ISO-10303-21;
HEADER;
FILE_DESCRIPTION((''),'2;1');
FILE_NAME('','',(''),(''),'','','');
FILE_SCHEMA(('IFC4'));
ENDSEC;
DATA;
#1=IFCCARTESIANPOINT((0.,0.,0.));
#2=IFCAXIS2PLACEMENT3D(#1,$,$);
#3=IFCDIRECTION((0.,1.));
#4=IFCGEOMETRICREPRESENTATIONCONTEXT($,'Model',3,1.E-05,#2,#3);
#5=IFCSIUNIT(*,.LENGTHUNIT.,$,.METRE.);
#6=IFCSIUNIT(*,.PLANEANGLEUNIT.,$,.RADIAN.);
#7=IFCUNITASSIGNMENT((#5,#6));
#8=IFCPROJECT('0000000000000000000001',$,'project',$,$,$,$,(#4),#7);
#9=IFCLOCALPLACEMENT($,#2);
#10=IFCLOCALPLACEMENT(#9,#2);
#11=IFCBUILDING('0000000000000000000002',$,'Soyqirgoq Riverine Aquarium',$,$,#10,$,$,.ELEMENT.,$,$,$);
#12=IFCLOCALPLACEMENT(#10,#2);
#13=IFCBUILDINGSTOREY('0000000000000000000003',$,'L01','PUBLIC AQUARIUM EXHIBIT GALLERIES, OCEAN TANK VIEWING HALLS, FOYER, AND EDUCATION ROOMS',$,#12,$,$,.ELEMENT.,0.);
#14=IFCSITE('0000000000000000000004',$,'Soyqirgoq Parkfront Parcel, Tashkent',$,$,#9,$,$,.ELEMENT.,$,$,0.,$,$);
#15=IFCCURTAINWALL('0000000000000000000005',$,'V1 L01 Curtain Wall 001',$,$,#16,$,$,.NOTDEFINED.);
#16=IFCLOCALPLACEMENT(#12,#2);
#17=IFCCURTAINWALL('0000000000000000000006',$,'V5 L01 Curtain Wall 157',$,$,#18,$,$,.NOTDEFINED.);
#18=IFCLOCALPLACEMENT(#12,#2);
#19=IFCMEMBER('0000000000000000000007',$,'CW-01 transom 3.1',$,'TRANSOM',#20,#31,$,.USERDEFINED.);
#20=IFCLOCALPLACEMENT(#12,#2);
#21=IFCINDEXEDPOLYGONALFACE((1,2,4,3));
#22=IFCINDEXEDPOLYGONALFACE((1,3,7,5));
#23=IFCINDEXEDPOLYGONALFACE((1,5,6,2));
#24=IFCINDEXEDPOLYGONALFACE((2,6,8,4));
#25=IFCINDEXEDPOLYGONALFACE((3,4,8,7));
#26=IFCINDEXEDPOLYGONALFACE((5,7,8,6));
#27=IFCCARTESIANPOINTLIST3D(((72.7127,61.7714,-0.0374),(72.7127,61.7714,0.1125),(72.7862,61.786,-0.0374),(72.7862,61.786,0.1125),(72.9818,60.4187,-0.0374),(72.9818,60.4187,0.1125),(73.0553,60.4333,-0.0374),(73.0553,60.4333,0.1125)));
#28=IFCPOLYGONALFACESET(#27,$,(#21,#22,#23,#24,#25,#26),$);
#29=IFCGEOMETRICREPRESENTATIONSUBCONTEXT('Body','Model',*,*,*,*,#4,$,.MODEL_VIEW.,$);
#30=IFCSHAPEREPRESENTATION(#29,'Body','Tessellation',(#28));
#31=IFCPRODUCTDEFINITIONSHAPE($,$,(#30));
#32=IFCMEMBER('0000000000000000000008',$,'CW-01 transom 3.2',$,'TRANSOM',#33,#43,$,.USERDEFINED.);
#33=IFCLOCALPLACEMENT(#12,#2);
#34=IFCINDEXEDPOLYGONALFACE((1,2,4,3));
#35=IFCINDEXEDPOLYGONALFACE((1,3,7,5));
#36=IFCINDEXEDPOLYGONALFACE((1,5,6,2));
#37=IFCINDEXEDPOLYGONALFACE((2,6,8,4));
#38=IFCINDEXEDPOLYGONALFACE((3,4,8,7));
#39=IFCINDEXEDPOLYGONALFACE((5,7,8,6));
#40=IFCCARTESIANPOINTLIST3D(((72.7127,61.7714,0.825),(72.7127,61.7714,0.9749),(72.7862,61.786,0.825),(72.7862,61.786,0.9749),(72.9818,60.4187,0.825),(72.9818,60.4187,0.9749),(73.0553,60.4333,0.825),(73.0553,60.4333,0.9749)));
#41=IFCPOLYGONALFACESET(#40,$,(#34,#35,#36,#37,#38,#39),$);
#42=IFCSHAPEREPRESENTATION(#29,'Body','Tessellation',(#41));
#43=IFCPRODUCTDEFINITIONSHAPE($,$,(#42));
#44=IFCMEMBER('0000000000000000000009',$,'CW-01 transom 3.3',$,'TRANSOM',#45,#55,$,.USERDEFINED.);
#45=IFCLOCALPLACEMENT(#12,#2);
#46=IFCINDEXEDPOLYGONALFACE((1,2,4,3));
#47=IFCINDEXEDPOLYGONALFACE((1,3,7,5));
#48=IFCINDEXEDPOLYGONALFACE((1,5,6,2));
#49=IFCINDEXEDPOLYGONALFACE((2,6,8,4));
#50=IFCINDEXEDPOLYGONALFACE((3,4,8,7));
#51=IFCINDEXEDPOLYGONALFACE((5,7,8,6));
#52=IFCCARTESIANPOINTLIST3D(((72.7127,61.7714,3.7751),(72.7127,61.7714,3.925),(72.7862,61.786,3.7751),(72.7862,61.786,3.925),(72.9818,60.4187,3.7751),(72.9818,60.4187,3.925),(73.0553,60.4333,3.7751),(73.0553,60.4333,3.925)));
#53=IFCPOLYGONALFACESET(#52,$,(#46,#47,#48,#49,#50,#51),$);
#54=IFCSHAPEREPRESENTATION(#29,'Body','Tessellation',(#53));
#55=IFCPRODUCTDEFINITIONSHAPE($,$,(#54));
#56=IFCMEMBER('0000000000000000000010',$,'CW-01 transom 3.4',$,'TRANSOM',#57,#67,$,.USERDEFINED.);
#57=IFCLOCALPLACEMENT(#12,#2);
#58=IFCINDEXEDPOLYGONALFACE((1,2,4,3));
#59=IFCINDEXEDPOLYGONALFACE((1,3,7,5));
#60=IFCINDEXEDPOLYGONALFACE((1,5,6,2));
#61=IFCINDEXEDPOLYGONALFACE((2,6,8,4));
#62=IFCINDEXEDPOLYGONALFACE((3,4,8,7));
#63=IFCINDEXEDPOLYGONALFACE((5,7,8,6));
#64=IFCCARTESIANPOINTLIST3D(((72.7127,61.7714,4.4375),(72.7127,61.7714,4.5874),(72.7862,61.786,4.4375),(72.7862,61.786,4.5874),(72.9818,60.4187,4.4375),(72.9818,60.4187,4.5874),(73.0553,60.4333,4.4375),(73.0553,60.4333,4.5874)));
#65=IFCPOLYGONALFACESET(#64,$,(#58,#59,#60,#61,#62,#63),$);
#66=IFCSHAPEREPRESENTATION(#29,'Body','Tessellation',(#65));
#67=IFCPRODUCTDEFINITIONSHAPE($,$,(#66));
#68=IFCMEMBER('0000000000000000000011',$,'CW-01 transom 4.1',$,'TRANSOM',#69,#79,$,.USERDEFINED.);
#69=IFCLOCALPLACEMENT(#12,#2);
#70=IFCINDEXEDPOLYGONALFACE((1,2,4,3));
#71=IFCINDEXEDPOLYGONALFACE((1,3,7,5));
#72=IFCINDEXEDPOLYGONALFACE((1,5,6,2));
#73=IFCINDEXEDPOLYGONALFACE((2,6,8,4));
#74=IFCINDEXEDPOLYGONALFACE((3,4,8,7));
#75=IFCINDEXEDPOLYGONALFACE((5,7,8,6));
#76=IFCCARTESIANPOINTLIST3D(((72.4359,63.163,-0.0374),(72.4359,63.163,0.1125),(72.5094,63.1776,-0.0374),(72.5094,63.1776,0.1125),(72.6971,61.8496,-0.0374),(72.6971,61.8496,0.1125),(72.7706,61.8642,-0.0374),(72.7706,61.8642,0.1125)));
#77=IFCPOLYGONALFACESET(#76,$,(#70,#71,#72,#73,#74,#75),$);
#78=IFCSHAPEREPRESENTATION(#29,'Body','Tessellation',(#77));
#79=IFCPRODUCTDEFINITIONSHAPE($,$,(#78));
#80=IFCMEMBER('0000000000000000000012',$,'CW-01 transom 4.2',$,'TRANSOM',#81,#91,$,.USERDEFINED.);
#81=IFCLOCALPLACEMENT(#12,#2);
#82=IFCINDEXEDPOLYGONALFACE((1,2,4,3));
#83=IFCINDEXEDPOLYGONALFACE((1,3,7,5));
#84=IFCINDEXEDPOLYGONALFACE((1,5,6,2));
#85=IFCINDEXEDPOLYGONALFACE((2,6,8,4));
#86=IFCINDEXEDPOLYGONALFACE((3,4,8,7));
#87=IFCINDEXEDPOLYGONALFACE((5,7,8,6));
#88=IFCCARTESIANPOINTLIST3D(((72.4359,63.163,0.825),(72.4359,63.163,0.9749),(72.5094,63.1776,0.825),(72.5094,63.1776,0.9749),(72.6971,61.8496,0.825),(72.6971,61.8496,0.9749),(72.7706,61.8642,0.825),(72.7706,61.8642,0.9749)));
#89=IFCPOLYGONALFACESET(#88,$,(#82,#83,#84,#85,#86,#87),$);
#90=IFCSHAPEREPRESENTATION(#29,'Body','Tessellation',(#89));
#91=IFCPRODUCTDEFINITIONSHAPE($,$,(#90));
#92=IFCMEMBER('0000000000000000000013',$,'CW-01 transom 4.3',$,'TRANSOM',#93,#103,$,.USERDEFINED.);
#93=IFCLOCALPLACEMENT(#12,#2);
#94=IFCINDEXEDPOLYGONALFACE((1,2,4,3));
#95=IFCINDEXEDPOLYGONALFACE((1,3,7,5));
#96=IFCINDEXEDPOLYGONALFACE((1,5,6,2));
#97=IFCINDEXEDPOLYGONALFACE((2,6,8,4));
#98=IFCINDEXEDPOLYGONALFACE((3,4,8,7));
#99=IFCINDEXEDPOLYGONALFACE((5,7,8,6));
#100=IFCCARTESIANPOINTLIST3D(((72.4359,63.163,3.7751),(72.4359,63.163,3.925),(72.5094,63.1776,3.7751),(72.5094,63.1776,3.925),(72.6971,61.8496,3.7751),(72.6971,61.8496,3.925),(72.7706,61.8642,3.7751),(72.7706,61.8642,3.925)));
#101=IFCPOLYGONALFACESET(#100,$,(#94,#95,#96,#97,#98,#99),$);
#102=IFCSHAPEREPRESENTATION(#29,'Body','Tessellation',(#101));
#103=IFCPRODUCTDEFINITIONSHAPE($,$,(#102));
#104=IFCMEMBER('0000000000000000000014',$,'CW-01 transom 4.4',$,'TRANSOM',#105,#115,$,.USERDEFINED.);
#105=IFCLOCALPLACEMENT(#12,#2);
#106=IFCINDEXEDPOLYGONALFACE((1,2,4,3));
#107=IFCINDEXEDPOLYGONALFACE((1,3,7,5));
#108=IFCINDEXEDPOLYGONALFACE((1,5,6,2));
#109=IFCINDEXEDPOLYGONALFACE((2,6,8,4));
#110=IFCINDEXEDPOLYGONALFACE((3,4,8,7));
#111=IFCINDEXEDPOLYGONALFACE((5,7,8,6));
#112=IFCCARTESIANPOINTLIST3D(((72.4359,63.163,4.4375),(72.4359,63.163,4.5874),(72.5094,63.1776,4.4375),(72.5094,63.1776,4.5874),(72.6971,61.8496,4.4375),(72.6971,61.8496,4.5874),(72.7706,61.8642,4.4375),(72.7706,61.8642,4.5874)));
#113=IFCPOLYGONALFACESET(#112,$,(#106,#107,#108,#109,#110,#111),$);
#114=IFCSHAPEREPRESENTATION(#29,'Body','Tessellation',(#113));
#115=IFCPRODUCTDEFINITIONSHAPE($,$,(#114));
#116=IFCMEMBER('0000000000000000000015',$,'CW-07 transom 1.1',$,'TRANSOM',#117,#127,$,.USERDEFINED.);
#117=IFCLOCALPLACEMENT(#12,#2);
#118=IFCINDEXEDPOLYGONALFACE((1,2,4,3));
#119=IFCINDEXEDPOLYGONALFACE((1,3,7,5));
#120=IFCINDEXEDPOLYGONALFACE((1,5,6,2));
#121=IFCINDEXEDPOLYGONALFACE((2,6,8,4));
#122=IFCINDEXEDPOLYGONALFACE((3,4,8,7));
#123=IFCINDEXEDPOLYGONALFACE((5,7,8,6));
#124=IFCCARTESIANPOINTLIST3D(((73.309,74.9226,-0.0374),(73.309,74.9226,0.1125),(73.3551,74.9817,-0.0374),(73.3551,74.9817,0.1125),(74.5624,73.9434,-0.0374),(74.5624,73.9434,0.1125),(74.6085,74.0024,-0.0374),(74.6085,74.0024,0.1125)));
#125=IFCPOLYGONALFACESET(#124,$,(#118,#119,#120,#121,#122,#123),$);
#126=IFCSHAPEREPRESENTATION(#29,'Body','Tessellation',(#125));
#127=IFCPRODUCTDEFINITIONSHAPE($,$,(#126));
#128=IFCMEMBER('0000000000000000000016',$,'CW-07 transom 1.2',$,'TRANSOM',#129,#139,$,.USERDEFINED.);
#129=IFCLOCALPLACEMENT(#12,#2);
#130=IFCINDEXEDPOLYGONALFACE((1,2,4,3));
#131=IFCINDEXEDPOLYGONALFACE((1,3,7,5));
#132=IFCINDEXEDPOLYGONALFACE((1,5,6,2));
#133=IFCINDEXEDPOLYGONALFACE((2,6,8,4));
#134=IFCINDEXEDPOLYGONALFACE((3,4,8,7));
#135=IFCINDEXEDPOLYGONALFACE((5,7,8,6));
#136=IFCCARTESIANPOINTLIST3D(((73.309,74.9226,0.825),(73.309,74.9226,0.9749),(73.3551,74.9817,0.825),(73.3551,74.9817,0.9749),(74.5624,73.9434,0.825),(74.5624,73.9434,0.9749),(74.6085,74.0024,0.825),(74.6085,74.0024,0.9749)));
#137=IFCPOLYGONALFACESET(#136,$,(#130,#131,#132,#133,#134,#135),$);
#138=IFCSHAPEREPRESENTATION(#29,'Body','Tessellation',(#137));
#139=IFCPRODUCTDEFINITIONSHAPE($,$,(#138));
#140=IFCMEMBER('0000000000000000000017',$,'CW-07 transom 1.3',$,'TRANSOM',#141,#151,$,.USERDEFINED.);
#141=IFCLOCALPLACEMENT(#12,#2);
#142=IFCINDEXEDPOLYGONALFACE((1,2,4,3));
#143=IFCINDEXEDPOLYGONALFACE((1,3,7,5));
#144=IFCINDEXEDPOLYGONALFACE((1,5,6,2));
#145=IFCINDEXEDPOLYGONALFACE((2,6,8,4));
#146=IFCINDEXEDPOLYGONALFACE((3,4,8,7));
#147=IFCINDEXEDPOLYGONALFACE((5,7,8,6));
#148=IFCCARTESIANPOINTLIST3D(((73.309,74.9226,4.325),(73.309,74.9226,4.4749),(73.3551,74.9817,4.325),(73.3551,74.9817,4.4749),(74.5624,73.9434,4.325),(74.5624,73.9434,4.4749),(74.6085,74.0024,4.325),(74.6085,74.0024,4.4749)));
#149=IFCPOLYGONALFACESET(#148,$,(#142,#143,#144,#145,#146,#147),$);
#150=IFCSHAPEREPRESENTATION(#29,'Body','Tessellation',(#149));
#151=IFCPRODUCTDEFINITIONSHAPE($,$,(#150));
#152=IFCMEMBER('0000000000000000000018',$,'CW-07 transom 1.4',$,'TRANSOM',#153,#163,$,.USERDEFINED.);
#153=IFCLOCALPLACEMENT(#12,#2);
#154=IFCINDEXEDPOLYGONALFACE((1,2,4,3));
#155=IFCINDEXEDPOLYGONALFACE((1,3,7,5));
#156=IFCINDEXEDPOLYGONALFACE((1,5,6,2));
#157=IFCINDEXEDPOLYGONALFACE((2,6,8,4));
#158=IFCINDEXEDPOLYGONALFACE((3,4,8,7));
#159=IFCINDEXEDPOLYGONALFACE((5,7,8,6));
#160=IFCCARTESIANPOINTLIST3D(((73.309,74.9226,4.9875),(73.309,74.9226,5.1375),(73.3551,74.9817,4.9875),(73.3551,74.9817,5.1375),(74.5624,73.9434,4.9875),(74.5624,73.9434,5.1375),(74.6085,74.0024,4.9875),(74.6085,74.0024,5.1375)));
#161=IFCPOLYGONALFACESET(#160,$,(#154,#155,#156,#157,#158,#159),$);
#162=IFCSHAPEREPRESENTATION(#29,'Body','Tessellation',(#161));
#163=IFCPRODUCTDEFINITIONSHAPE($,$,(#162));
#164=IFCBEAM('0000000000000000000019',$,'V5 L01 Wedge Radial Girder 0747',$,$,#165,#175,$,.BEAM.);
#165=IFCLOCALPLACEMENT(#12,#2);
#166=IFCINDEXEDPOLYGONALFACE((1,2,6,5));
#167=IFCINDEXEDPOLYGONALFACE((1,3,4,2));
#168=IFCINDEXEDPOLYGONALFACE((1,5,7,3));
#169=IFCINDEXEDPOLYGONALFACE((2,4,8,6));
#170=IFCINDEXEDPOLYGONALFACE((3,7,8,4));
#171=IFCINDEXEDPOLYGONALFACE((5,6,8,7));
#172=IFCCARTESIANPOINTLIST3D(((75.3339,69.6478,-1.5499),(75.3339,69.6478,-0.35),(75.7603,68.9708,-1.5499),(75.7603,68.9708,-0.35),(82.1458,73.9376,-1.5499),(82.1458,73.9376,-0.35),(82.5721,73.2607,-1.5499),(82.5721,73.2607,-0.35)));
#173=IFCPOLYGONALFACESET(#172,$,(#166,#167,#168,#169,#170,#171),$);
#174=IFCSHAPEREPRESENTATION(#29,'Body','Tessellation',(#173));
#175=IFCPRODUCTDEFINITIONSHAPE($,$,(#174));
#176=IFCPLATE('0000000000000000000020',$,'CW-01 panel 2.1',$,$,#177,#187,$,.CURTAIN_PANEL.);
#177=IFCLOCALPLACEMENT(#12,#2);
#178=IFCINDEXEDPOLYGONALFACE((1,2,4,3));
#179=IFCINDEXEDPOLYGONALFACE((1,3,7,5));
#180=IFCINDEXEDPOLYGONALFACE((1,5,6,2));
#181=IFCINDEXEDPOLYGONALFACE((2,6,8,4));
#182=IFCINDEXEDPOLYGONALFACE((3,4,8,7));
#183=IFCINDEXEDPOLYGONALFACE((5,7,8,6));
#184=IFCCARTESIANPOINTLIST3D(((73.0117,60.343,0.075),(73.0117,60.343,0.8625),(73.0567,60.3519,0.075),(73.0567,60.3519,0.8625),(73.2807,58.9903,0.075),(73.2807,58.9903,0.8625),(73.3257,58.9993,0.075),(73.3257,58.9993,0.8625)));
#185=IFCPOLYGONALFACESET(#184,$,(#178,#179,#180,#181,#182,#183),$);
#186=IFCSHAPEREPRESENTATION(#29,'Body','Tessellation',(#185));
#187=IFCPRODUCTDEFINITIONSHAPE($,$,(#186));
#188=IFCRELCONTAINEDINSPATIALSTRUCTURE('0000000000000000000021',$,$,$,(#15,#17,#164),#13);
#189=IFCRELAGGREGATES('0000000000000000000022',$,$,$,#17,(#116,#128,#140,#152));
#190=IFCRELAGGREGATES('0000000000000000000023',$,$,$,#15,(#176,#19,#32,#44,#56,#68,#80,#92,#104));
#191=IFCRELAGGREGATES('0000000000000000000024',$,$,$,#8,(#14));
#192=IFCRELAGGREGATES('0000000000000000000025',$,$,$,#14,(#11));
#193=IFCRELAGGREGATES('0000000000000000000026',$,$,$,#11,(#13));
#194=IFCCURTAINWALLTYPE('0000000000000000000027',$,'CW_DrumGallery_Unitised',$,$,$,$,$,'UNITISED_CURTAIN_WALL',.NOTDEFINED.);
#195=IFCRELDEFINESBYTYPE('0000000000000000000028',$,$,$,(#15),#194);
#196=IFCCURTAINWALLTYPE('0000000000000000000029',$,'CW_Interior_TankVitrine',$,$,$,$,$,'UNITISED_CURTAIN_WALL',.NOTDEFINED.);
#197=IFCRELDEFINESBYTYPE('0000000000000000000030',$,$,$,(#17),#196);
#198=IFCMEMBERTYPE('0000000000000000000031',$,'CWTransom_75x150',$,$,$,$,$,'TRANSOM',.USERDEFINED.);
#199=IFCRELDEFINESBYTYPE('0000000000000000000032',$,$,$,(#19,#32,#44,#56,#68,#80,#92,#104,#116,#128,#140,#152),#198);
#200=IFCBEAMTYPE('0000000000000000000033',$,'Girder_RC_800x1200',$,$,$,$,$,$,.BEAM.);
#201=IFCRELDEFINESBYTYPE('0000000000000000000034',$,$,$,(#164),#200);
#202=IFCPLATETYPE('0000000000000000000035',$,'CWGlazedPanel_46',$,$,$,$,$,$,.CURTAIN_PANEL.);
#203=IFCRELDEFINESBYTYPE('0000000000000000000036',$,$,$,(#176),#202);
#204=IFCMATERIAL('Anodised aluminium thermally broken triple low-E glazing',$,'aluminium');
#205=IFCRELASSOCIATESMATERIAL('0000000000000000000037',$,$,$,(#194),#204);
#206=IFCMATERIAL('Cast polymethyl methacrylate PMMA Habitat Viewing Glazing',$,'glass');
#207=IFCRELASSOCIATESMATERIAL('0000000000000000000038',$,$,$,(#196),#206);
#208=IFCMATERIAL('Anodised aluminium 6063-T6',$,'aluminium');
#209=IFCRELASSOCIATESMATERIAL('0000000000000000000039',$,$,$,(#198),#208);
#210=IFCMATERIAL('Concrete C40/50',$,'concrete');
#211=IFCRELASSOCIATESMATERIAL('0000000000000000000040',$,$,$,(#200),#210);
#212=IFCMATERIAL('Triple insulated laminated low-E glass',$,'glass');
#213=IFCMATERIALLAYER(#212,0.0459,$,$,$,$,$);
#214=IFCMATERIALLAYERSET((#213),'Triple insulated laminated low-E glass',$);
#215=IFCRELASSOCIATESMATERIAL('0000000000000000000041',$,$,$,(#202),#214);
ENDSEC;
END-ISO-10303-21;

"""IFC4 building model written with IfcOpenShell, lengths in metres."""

from ifc_helpers import new_model, si_unit, direction, frame, origin, origin_2d, place, context, subcontext, project, spatial, rectangle, extrude, material, layer, layer_set, material_profile, profile_set, type_object, element, aggregate, save


model = new_model("IFC4")

# Units and contexts
model_context = context("Model", 3, precision=1e-05, world=origin(), true_north=direction((0.0, 1.0)))
body_context = subcontext(model_context, "Body", "Model", "MODEL_VIEW")
ifc_project = project(units=[si_unit("LENGTHUNIT", "METRE"), si_unit("PLANEANGLEUNIT", "RADIAN")], contexts=[model_context])

# Site, building, storey
site_placement = place(None, origin())
site = spatial("IfcSite", under=ifc_project, at=site_placement, Name="Soyqirgoq Parkfront Parcel, Tashkent", CompositionType="ELEMENT", RefElevation=0.0)
building_placement = place(site_placement, origin())
building = spatial("IfcBuilding", under=site, at=building_placement, Name="Soyqirgoq Riverine Aquarium", CompositionType="ELEMENT")
storey_placement = place(building_placement, origin())
storey = spatial("IfcBuildingStorey", under=building, at=storey_placement, Name="L01", Description="PUBLIC AQUARIUM EXHIBIT GALLERIES, OCEAN TANK VIEWING HALLS, FOYER, AND EDUCATION ROOMS", CompositionType="ELEMENT", Elevation=0.0)

# Curtain wall
ifc_material_1 = material(Name="Anodised aluminium thermally broken triple low-E glazing", Category="aluminium")
curtain_wall_type_1 = type_object("IfcCurtainWallType", Name="CW_DrumGallery_Unitised", ElementType="UNITISED_CURTAIN_WALL", PredefinedType="NOTDEFINED", material=ifc_material_1)
curtain_wall_1_placement = place(storey_placement, origin())
curtain_wall_1 = element("IfcCurtainWall", 1, at=curtain_wall_1_placement, inside=storey, type_object=curtain_wall_type_1, Name="V1 L01 Curtain Wall 001", PredefinedType="NOTDEFINED")

# Curtain wall
ifc_material_2 = material(Name="Cast polymethyl methacrylate PMMA Habitat Viewing Glazing", Category="glass")
curtain_wall_type_2 = type_object("IfcCurtainWallType", Name="CW_Interior_TankVitrine", ElementType="UNITISED_CURTAIN_WALL", PredefinedType="NOTDEFINED", material=ifc_material_2)
curtain_wall_2_placement = place(storey_placement, origin())
curtain_wall_2 = element("IfcCurtainWall", 2, at=curtain_wall_2_placement, inside=storey, type_object=curtain_wall_type_2, Name="V5 L01 Curtain Wall 157", PredefinedType="NOTDEFINED")

# Members
ifc_material_3 = material(Name="Anodised aluminium 6063-T6", Category="aluminium")
ifc_material_profile_1 = material_profile(ifc_material_3, rectangle(XDim=0.075, YDim=0.1499, at=origin_2d()), Name="ALU-T 75x150")
ifc_profile_set_1 = profile_set([ifc_material_profile_1], Name="Anodised aluminium 6063-T6")
member_type_1 = type_object("IfcMemberType", Name="CWTransom_75x150", ElementType="TRANSOM", PredefinedType="USERDEFINED", material=ifc_profile_set_1)
member_1_placement = place(storey_placement, frame((73.0186, 60.426, 0.0376), z_axis=(-0.195095, 0.980784, 0.0), x_axis=(-0.980784, -0.195095, 0.0)))
member_1 = element("IfcMember", 3, at=member_1_placement, type_object=member_type_1, Name="CW-01 transom 3.1", ObjectType="TRANSOM", PredefinedType="USERDEFINED", context=body_context, shape_type="SweptSolid", body=[
    extrude(rectangle(XDim=0.075, YDim=0.1499, at=origin_2d()), origin(), (0.0, 0.0, 1.0), 1.3792),
])
member_2_placement = place(storey_placement, frame((73.0186, 60.426, 0.8999), z_axis=(-0.195095, 0.980784, 0.0), x_axis=(-0.980784, -0.195095, 0.0)))
member_2 = element("IfcMember", 4, at=member_2_placement, type_object=member_type_1, Name="CW-01 transom 3.2", ObjectType="TRANSOM", PredefinedType="USERDEFINED", context=body_context, shape_type="SweptSolid", body=[
    extrude(rectangle(XDim=0.075, YDim=0.1499, at=origin_2d()), origin(), (0.0, 0.0, 1.0), 1.3792),
])
member_3_placement = place(storey_placement, frame((73.0186, 60.426, 3.8501), z_axis=(-0.195095, 0.980784, 0.0), x_axis=(-0.980784, -0.195095, 0.0)))
member_3 = element("IfcMember", 5, at=member_3_placement, type_object=member_type_1, Name="CW-01 transom 3.3", ObjectType="TRANSOM", PredefinedType="USERDEFINED", context=body_context, shape_type="SweptSolid", body=[
    extrude(rectangle(XDim=0.075, YDim=0.1499, at=origin_2d()), origin(), (0.0, 0.0, 1.0), 1.3792),
])
member_4_placement = place(storey_placement, frame((73.0186, 60.426, 4.5125), z_axis=(-0.195095, 0.980784, 0.0), x_axis=(-0.980784, -0.195095, 0.0)))
member_4 = element("IfcMember", 6, at=member_4_placement, type_object=member_type_1, Name="CW-01 transom 3.4", ObjectType="TRANSOM", PredefinedType="USERDEFINED", context=body_context, shape_type="SweptSolid", body=[
    extrude(rectangle(XDim=0.075, YDim=0.1499, at=origin_2d()), origin(), (0.0, 0.0, 1.0), 1.3792),
])
member_5_placement = place(storey_placement, frame((72.7339, 61.8569, 0.0376), z_axis=(-0.195064, 0.98079, 0.0), x_axis=(-0.98079, -0.195064, 0.0)))
member_5 = element("IfcMember", 7, at=member_5_placement, type_object=member_type_1, Name="CW-01 transom 4.1", ObjectType="TRANSOM", PredefinedType="USERDEFINED", context=body_context, shape_type="SweptSolid", body=[
    extrude(rectangle(XDim=0.075, YDim=0.1499, at=origin_2d()), origin(), (0.0, 0.0, 1.0), 1.3391),
])
member_6_placement = place(storey_placement, frame((72.7339, 61.8569, 0.8999), z_axis=(-0.195064, 0.98079, 0.0), x_axis=(-0.98079, -0.195064, 0.0)))
member_6 = element("IfcMember", 8, at=member_6_placement, type_object=member_type_1, Name="CW-01 transom 4.2", ObjectType="TRANSOM", PredefinedType="USERDEFINED", context=body_context, shape_type="SweptSolid", body=[
    extrude(rectangle(XDim=0.075, YDim=0.1499, at=origin_2d()), origin(), (0.0, 0.0, 1.0), 1.3391),
])
member_7_placement = place(storey_placement, frame((72.7339, 61.8569, 3.8501), z_axis=(-0.195064, 0.98079, 0.0), x_axis=(-0.98079, -0.195064, 0.0)))
member_7 = element("IfcMember", 9, at=member_7_placement, type_object=member_type_1, Name="CW-01 transom 4.3", ObjectType="TRANSOM", PredefinedType="USERDEFINED", context=body_context, shape_type="SweptSolid", body=[
    extrude(rectangle(XDim=0.075, YDim=0.1499, at=origin_2d()), origin(), (0.0, 0.0, 1.0), 1.3391),
])
member_8_placement = place(storey_placement, frame((72.7339, 61.8569, 4.5125), z_axis=(-0.195064, 0.98079, 0.0), x_axis=(-0.98079, -0.195064, 0.0)))
member_8 = element("IfcMember", 10, at=member_8_placement, type_object=member_type_1, Name="CW-01 transom 4.4", ObjectType="TRANSOM", PredefinedType="USERDEFINED", context=body_context, shape_type="SweptSolid", body=[
    extrude(rectangle(XDim=0.075, YDim=0.1499, at=origin_2d()), origin(), (0.0, 0.0, 1.0), 1.3391),
])
member_9_placement = place(storey_placement, frame((74.5854, 73.9729, 0.0376), z_axis=(-0.78802, 0.61565, 0.0), x_axis=(-0.61565, -0.78802, 0.0)))
member_9 = element("IfcMember", 11, at=member_9_placement, type_object=member_type_1, Name="CW-07 transom 1.1", ObjectType="TRANSOM", PredefinedType="USERDEFINED", context=body_context, shape_type="SweptSolid", body=[
    extrude(rectangle(XDim=0.075, YDim=0.1499, at=origin_2d()), origin(), (0.0, 0.0, 1.0), 1.5906),
])
member_10_placement = place(storey_placement, frame((74.5854, 73.9729, 0.8999), z_axis=(-0.78802, 0.61565, 0.0), x_axis=(-0.61565, -0.78802, 0.0)))
member_10 = element("IfcMember", 12, at=member_10_placement, type_object=member_type_1, Name="CW-07 transom 1.2", ObjectType="TRANSOM", PredefinedType="USERDEFINED", context=body_context, shape_type="SweptSolid", body=[
    extrude(rectangle(XDim=0.075, YDim=0.1499, at=origin_2d()), origin(), (0.0, 0.0, 1.0), 1.5906),
])
member_11_placement = place(storey_placement, frame((74.5854, 73.9729, 4.3999), z_axis=(-0.78802, 0.61565, 0.0), x_axis=(-0.61565, -0.78802, 0.0)))
member_11 = element("IfcMember", 13, at=member_11_placement, type_object=member_type_1, Name="CW-07 transom 1.3", ObjectType="TRANSOM", PredefinedType="USERDEFINED", context=body_context, shape_type="SweptSolid", body=[
    extrude(rectangle(XDim=0.075, YDim=0.1499, at=origin_2d()), origin(), (0.0, 0.0, 1.0), 1.5906),
])
member_12_placement = place(storey_placement, frame((74.5854, 73.9729, 5.0625), z_axis=(-0.78802, 0.61565, 0.0), x_axis=(-0.61565, -0.78802, 0.0)))
member_12 = element("IfcMember", 14, at=member_12_placement, type_object=member_type_1, Name="CW-07 transom 1.4", ObjectType="TRANSOM", PredefinedType="USERDEFINED", context=body_context, shape_type="SweptSolid", body=[
    extrude(rectangle(XDim=0.075, YDim=0.1499, at=origin_2d()), origin(), (0.0, 0.0, 1.0), 1.5906),
])
aggregate(curtain_wall_2, [member_9, member_10, member_11, member_12])

# Beam
ifc_material_4 = material(Name="Concrete C40/50", Category="concrete")
ifc_material_profile_2 = material_profile(ifc_material_4, rectangle(XDim=0.8, YDim=1.2, at=origin_2d()), Name="RC 800x1200")
ifc_profile_set_2 = profile_set([ifc_material_profile_2], Name="Concrete C40/50")
beam_type_1 = type_object("IfcBeamType", Name="Girder_RC_800x1200", PredefinedType="BEAM", material=ifc_profile_set_2)
beam_1_placement = place(storey_placement, frame((75.5471, 69.3093, -0.95), z_axis=(0.846182, 0.532894, 0.0), x_axis=(-0.532894, 0.846182, 0.0)))
element("IfcBeam", 15, at=beam_1_placement, inside=storey, type_object=beam_type_1, Name="V5 L01 Wedge Radial Girder 0747", PredefinedType="BEAM", context=body_context, shape_type="SweptSolid", body=[
    extrude(rectangle(XDim=0.8, YDim=1.2, at=origin_2d()), origin(), (0.0, 0.0, 1.0), 8.05),
])

# Plate
ifc_material_5 = material(Name="Triple insulated laminated low-E glass", Category="glass")
ifc_layer = layer(ifc_material_5, 0.0459)
ifc_layer_set = layer_set([ifc_layer], Name="Triple insulated laminated low-E glass")
plate_type = type_object("IfcPlateType", Name="CWGlazedPanel_46", PredefinedType="CURTAIN_PANEL", material=ifc_layer_set)
plate_1_placement = place(storey_placement, frame((73.1687, 59.6711, 0.075), z_axis=(0.0, 0.0, 1.0), x_axis=(-0.195075, 0.980788, 0.0)))
plate_1 = element("IfcPlate", 16, at=plate_1_placement, type_object=plate_type, Name="CW-01 panel 2.1", PredefinedType="CURTAIN_PANEL", context=body_context, shape_type="SweptSolid", body=[
    extrude(rectangle(XDim=1.3792, YDim=0.0459, at=origin_2d()), origin(), (0.0, 0.0, 1.0), 0.7876),
])
aggregate(curtain_wall_1, [plate_1, member_1, member_2, member_3, member_4, member_5, member_6, member_7, member_8])

save(model, "model.ifc")
